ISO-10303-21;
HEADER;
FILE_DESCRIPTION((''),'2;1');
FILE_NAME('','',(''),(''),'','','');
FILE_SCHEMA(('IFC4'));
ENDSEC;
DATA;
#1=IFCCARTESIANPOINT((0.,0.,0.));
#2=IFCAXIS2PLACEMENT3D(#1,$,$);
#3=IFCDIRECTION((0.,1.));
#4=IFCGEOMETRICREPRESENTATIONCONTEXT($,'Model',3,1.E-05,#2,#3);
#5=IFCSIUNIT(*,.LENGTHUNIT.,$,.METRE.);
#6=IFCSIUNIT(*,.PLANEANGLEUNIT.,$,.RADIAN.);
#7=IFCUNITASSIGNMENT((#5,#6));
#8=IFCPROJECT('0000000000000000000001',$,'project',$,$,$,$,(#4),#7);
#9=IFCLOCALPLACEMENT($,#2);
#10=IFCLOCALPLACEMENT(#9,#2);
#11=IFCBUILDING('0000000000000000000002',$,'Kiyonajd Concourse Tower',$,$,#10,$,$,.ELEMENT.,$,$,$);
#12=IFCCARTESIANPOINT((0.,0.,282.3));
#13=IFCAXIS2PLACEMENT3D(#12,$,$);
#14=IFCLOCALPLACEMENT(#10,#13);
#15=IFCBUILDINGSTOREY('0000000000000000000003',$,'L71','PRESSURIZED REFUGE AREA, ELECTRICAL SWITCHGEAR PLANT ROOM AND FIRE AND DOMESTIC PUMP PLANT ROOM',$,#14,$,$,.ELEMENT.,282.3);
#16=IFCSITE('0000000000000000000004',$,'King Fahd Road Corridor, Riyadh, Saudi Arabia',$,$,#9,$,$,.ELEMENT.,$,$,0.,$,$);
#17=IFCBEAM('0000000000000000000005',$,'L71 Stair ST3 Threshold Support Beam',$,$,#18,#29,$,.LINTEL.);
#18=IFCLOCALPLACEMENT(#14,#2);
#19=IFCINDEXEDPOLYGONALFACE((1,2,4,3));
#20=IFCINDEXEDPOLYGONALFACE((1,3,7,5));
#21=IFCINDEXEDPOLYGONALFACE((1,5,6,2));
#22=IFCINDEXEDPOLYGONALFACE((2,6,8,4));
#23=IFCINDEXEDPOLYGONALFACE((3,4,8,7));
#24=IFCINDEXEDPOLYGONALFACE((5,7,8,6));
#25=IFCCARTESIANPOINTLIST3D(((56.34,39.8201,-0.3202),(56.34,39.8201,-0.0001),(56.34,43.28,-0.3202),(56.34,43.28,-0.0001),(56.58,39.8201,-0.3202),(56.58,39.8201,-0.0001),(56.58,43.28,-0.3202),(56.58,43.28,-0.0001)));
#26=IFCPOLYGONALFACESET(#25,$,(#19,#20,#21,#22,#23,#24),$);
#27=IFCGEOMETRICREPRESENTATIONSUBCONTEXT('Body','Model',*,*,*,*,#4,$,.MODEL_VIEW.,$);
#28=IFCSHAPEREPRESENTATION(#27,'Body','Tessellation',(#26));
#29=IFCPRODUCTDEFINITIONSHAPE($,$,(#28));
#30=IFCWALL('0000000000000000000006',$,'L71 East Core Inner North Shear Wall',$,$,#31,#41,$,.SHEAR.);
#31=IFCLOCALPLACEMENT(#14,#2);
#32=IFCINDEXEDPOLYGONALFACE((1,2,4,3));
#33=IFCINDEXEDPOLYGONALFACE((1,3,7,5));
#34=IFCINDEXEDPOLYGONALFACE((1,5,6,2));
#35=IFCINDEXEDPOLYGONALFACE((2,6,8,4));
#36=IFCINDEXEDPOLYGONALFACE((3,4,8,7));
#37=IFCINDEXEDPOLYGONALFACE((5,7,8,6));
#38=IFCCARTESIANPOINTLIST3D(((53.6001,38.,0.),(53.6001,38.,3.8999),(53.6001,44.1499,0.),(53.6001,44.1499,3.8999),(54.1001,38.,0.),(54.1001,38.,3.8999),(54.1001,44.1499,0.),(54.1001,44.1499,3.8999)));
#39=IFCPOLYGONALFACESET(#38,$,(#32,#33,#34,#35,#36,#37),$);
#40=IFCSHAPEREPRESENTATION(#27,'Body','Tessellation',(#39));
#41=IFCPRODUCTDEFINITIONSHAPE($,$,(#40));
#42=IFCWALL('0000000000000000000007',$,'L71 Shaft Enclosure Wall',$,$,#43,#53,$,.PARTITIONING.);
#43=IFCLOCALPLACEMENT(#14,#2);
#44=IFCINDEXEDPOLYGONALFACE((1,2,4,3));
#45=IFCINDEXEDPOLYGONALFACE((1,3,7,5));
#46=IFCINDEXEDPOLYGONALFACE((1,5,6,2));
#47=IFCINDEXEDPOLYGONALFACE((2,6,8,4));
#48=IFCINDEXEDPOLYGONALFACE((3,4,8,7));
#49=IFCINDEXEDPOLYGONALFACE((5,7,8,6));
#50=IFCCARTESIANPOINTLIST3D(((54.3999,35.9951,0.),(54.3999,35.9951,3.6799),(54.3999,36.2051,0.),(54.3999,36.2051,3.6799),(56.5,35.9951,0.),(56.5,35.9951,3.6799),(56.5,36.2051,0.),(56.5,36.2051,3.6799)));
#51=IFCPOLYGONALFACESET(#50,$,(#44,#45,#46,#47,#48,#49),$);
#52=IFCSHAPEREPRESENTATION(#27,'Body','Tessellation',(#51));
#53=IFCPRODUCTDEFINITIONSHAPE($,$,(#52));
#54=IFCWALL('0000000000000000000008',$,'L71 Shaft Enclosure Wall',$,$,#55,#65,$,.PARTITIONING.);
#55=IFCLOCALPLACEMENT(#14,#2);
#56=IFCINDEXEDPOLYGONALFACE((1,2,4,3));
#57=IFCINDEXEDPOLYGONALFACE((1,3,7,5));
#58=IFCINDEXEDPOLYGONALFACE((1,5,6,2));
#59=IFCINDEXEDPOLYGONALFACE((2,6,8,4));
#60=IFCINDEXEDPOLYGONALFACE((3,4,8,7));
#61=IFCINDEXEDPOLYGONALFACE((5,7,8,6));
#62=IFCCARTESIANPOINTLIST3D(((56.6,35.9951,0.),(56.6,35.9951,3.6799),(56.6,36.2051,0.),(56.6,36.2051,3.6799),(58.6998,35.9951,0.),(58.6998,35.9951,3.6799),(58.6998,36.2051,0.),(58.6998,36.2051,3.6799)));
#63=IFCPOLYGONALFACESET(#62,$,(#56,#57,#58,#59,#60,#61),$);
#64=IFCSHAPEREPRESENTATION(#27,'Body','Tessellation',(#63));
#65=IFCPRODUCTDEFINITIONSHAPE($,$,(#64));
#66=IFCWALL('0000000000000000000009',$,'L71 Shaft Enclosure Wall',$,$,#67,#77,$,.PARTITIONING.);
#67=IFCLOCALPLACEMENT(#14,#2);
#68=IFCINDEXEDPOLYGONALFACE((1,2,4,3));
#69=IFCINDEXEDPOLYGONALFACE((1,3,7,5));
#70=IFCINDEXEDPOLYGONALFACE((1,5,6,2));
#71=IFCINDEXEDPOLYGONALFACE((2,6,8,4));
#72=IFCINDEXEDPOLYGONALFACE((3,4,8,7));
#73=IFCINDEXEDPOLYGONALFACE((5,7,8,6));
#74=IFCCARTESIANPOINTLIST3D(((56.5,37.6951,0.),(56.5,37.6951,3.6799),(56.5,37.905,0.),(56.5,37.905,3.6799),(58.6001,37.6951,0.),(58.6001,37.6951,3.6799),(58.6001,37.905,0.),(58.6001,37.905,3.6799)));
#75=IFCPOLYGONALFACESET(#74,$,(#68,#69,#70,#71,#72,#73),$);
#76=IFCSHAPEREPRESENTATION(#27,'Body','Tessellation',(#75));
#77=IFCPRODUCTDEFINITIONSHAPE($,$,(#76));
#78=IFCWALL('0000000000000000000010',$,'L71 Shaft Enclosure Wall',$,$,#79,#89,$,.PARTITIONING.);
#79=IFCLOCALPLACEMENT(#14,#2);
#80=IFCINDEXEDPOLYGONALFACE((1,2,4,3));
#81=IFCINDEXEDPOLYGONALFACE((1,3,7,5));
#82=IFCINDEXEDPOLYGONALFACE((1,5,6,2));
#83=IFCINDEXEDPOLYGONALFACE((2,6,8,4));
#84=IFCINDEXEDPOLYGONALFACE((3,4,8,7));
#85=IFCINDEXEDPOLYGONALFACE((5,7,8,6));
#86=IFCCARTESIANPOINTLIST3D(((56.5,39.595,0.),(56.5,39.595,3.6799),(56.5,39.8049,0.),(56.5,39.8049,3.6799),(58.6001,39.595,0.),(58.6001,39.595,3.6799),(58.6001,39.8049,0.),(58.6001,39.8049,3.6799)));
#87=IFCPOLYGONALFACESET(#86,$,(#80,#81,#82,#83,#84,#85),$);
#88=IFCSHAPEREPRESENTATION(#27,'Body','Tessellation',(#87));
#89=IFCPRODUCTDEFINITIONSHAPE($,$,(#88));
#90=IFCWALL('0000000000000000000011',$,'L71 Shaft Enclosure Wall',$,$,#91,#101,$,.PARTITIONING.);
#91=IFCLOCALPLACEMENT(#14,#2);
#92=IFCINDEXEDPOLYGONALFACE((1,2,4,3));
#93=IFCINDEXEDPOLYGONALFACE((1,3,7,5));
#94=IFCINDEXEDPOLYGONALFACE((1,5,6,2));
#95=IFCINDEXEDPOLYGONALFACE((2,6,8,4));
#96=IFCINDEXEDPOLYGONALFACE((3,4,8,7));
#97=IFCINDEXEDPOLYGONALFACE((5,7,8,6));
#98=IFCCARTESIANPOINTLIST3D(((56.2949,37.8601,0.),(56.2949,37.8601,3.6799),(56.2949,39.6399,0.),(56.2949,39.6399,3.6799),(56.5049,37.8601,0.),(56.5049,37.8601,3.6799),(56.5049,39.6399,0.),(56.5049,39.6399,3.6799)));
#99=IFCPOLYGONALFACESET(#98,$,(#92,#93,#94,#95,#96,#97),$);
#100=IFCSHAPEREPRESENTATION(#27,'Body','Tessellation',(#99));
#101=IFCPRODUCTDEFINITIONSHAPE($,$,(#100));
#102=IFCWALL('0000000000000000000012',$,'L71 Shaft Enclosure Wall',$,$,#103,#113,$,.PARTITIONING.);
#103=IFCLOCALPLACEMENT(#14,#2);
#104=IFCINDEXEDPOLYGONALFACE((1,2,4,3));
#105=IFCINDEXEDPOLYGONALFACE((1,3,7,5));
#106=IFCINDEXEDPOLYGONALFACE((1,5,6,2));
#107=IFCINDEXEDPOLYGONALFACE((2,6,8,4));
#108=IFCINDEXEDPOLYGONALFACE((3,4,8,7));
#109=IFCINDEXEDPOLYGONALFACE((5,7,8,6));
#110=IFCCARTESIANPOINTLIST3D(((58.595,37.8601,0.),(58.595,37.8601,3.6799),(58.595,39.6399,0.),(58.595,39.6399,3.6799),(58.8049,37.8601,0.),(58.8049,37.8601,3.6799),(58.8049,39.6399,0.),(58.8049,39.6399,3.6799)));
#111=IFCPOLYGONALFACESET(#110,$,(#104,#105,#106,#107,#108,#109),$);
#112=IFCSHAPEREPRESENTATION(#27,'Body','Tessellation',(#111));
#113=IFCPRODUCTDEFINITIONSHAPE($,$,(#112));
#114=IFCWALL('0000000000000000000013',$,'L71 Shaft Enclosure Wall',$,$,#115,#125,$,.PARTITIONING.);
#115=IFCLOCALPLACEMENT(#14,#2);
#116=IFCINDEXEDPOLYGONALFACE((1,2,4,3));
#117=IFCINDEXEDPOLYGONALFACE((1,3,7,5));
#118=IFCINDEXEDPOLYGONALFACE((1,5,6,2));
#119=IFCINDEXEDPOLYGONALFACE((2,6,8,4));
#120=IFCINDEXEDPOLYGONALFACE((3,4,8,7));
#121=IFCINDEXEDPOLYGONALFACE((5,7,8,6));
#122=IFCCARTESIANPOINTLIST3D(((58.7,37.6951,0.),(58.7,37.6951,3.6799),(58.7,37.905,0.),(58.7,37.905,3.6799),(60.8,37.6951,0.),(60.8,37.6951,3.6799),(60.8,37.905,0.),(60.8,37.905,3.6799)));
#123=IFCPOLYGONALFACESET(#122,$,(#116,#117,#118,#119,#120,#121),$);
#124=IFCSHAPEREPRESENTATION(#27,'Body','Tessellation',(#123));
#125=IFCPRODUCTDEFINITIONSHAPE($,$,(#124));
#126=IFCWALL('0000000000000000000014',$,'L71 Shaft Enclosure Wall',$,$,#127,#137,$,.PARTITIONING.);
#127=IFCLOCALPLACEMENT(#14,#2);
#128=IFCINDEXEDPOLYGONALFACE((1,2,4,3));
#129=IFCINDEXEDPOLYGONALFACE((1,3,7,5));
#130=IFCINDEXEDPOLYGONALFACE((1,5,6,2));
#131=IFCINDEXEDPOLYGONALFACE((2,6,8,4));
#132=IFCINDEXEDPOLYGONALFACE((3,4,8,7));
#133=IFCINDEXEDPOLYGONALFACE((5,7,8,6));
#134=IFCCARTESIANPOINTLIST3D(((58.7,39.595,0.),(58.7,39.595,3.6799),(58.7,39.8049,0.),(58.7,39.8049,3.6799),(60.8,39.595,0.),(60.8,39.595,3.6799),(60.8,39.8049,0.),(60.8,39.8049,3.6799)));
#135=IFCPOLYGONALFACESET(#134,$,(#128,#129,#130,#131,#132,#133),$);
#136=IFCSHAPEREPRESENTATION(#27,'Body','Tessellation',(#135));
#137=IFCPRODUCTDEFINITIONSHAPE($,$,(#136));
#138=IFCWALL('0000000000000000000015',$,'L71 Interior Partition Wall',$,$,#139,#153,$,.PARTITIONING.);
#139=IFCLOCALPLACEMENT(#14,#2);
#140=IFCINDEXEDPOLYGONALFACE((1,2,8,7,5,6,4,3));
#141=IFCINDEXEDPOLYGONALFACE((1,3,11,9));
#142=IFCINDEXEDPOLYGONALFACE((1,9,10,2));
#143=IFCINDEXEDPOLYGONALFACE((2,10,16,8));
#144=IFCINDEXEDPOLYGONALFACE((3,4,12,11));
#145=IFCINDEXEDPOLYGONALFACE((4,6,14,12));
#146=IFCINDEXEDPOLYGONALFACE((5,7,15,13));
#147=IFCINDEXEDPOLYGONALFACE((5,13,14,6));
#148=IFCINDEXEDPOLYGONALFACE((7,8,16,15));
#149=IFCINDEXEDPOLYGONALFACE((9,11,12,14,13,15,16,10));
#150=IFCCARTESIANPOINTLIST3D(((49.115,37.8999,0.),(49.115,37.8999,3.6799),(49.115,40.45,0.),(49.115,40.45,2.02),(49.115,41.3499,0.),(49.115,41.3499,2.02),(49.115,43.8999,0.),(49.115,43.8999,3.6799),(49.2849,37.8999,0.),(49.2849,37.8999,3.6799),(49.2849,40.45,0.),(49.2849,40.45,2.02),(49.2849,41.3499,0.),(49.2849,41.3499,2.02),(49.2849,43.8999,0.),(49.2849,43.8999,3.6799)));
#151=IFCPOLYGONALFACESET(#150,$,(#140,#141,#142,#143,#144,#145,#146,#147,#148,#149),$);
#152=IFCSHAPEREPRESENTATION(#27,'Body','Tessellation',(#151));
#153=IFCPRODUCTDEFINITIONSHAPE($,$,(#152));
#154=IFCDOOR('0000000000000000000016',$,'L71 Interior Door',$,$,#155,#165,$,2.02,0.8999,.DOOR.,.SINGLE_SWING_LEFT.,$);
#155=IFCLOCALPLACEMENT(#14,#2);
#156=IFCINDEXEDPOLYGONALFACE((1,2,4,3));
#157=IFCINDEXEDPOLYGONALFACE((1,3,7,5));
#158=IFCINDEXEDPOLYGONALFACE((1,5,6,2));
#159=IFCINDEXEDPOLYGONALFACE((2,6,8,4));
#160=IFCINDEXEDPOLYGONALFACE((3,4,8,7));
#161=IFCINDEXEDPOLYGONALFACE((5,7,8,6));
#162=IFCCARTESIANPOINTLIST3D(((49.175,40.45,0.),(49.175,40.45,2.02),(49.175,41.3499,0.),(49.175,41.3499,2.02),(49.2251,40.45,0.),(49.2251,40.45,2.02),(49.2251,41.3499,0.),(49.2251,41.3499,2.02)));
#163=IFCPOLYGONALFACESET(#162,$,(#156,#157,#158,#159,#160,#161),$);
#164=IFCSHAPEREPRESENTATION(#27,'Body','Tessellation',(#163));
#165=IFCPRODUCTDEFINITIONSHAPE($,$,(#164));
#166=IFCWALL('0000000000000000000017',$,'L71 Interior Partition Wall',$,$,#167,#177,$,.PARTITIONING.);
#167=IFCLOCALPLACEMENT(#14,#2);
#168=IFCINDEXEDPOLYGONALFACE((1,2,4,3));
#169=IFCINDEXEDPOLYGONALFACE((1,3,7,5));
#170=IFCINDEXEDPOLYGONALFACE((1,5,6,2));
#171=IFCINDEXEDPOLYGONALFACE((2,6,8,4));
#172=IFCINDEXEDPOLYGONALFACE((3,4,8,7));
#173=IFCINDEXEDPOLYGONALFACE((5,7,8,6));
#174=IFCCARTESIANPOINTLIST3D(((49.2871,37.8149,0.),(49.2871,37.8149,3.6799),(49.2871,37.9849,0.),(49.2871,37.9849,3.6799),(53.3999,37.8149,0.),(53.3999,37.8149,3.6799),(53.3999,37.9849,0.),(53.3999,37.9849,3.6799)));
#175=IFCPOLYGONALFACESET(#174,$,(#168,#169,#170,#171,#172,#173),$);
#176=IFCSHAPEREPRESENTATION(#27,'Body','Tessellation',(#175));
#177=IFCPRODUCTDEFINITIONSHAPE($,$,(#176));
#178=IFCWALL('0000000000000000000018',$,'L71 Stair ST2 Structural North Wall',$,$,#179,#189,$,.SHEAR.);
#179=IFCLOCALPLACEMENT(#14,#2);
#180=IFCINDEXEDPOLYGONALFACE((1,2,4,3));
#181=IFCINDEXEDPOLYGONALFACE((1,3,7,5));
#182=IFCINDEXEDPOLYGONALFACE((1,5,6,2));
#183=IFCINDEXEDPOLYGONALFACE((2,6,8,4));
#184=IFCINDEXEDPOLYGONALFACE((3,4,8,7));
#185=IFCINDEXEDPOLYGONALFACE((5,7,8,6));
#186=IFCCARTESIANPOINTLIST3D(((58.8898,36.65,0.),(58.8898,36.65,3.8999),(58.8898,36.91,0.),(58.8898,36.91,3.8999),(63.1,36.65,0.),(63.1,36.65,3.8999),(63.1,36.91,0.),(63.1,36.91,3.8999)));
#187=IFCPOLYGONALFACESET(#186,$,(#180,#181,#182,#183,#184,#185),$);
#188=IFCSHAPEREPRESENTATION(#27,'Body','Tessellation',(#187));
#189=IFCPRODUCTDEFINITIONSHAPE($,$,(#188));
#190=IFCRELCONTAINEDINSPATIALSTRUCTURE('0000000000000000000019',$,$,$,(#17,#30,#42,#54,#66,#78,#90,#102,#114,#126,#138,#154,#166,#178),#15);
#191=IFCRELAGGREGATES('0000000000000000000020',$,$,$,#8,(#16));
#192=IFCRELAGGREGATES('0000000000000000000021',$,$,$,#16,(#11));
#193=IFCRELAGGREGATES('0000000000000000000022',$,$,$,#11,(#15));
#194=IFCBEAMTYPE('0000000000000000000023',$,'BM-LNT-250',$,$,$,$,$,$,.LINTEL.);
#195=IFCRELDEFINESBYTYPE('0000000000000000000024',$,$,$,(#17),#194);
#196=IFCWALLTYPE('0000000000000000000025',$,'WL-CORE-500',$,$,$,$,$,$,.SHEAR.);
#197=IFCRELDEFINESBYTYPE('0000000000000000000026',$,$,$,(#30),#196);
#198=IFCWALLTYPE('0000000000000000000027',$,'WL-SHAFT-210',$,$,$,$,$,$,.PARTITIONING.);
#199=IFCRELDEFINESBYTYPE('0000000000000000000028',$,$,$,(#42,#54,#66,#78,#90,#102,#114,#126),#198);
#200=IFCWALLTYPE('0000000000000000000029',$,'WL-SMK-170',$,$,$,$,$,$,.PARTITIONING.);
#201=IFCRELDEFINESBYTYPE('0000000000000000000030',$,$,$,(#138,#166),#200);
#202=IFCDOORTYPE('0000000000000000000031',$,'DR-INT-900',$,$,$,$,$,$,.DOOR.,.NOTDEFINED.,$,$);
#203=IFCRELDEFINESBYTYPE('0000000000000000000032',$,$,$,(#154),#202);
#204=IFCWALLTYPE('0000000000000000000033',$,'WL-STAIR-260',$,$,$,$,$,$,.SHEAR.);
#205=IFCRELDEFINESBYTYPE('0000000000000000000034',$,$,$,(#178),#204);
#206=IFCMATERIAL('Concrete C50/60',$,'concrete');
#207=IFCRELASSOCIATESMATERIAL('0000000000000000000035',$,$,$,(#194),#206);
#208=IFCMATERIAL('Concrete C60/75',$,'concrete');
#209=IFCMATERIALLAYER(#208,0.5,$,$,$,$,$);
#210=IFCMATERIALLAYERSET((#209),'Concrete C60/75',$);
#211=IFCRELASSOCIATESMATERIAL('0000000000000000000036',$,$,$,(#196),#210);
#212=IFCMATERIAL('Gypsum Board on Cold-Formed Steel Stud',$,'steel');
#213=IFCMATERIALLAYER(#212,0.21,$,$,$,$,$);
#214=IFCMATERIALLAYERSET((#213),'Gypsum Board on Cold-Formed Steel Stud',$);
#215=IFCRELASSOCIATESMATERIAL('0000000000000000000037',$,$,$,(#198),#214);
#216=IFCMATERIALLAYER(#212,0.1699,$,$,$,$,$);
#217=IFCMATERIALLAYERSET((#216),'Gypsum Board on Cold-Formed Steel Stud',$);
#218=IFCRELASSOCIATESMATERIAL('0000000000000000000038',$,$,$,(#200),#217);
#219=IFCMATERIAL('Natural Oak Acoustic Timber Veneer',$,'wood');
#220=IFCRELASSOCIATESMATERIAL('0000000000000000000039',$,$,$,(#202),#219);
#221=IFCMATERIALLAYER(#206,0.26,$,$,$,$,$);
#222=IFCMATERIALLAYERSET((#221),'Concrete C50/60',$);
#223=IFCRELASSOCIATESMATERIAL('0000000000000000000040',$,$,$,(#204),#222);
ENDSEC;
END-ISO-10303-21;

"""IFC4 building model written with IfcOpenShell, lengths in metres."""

from ifc_helpers import new_model, si_unit, direction, frame, frame_2d, origin, origin_2d, place, context, subcontext, project, spatial, rectangle, extrude, material, layer, layer_set, material_profile, profile_set, type_object, element, fill, save


model = new_model("IFC4")

# Units and contexts
model_context = context("Model", 3, precision=1e-05, world=origin(), true_north=direction((0.0, 1.0)))
body_context = subcontext(model_context, "Body", "Model", "MODEL_VIEW")
ifc_project = project(units=[si_unit("LENGTHUNIT", "METRE"), si_unit("PLANEANGLEUNIT", "RADIAN")], contexts=[model_context])

# Site, building, storey
site_placement = place(None, origin())
site = spatial("IfcSite", under=ifc_project, at=site_placement, Name="King Fahd Road Corridor, Riyadh, Saudi Arabia", CompositionType="ELEMENT", RefElevation=0.0)
building_placement = place(site_placement, origin())
building = spatial("IfcBuilding", under=site, at=building_placement, Name="Kiyonajd Concourse Tower", CompositionType="ELEMENT")
storey_placement = place(building_placement, frame((0.0, 0.0, 282.3)))
storey = spatial("IfcBuildingStorey", under=building, at=storey_placement, Name="L71", Description="PRESSURIZED REFUGE AREA, ELECTRICAL SWITCHGEAR PLANT ROOM AND FIRE AND DOMESTIC PUMP PLANT ROOM", CompositionType="ELEMENT", Elevation=282.3)

# Beam
ifc_material_1 = material(Name="Concrete C50/60", Category="concrete")
ifc_material_profile = material_profile(ifc_material_1, rectangle(XDim=0.24, YDim=0.3201, at=origin_2d()), Name="RCBM-240x320")
ifc_profile_set = profile_set([ifc_material_profile], Name="Concrete C50/60")
beam_type = type_object("IfcBeamType", Name="BM-LNT-250", PredefinedType="LINTEL", material=ifc_profile_set)
beam_placement = place(storey_placement, frame((56.46, 39.8201, -0.1602), z_axis=(0.0, 1.0, 0.0), x_axis=(-1.0, 0.0, 0.0)))
element("IfcBeam", 1, at=beam_placement, inside=storey, type_object=beam_type, Name="L71 Stair ST3 Threshold Support Beam", PredefinedType="LINTEL", context=body_context, shape_type="SweptSolid", body=[
    extrude(rectangle(XDim=0.24, YDim=0.3201, at=origin_2d()), origin(), (0.0, 0.0, 1.0), 3.46),
])

# Walls
ifc_material_2 = material(Name="Concrete C60/75", Category="concrete")
ifc_layer_1 = layer(ifc_material_2, 0.5)
ifc_layer_set_1 = layer_set([ifc_layer_1], Name="Concrete C60/75")
wall_type_1 = type_object("IfcWallType", Name="WL-CORE-500", PredefinedType="SHEAR", material=ifc_layer_set_1)
wall_1_placement = place(storey_placement, frame((53.8501, 38.0, 0.0), z_axis=(0.0, 0.0, 1.0), x_axis=(0.0, 1.0, 0.0)))
element("IfcWall", 2, at=wall_1_placement, inside=storey, type_object=wall_type_1, Name="L71 East Core Inner North Shear Wall", PredefinedType="SHEAR", context=body_context, shape_type="SweptSolid", body=[
    extrude(rectangle(XDim=6.1499, YDim=0.5, at=frame_2d((3.075, 0.0))), origin(), (0.0, 0.0, 1.0), 3.8999),
])
ifc_material_3 = material(Name="Gypsum Board on Cold-Formed Steel Stud", Category="steel")
ifc_layer_2 = layer(ifc_material_3, 0.21)
ifc_layer_set_2 = layer_set([ifc_layer_2], Name="Gypsum Board on Cold-Formed Steel Stud")
wall_type_2 = type_object("IfcWallType", Name="WL-SHAFT-210", PredefinedType="PARTITIONING", material=ifc_layer_set_2)
wall_2_placement = place(storey_placement, frame((54.3999, 36.1001, 0.0), z_axis=(0.0, 0.0, 1.0), x_axis=(1.0, 0.0, 0.0)))
element("IfcWall", 3, at=wall_2_placement, inside=storey, type_object=wall_type_2, Name="L71 Shaft Enclosure Wall", PredefinedType="PARTITIONING", context=body_context, shape_type="SweptSolid", body=[
    extrude(rectangle(XDim=2.1001, YDim=0.21, at=frame_2d((1.05, 0.0))), origin(), (0.0, 0.0, 1.0), 3.6799),
])
wall_3_placement = place(storey_placement, frame((56.6001, 36.1001, 0.0), z_axis=(0.0, 0.0, 1.0), x_axis=(1.0, 0.0, 0.0)))
element("IfcWall", 4, at=wall_3_placement, inside=storey, type_object=wall_type_2, Name="L71 Shaft Enclosure Wall", PredefinedType="PARTITIONING", context=body_context, shape_type="SweptSolid", body=[
    extrude(rectangle(XDim=2.0999, YDim=0.21, at=frame_2d((1.0498, 0.0))), origin(), (0.0, 0.0, 1.0), 3.6799),
])
for number, where, z_axis, x_axis, name in (
    (5, (56.5, 37.8, 0.0), (0.0, 0.0, 1.0), (1.0, 0.0, 0.0), "L71 Shaft Enclosure Wall"),
    (6, (56.5, 39.7, 0.0), (0.0, 0.0, 1.0), (1.0, 0.0, 0.0), "L71 Shaft Enclosure Wall"),
):
    element("IfcWall", number, at=place(storey_placement, frame(where, z_axis=z_axis, x_axis=x_axis)), inside=storey, type_object=wall_type_2, Name=name, PredefinedType="PARTITIONING", context=body_context, shape_type="SweptSolid", body=[
        extrude(rectangle(XDim=2.1001, YDim=0.21, at=frame_2d((1.05, 0.0))), origin(), (0.0, 0.0, 1.0), 3.6799),
    ])
for number, where, z_axis, x_axis, name in (
    (7, (56.3999, 37.8601, 0.0), (0.0, 0.0, 1.0), (0.0, 1.0, 0.0), "L71 Shaft Enclosure Wall"),
    (8, (58.7, 37.8601, 0.0), (0.0, 0.0, 1.0), (0.0, 1.0, 0.0), "L71 Shaft Enclosure Wall"),
):
    element("IfcWall", number, at=place(storey_placement, frame(where, z_axis=z_axis, x_axis=x_axis)), inside=storey, type_object=wall_type_2, Name=name, PredefinedType="PARTITIONING", context=body_context, shape_type="SweptSolid", body=[
        extrude(rectangle(XDim=1.7798, YDim=0.21, at=frame_2d((0.8899, 0.0))), origin(), (0.0, 0.0, 1.0), 3.6799),
    ])
for number, where, z_axis, x_axis, name in (
    (9, (58.7, 37.8, 0.0), (0.0, 0.0, 1.0), (1.0, 0.0, 0.0), "L71 Shaft Enclosure Wall"),
    (10, (58.7, 39.7, 0.0), (0.0, 0.0, 1.0), (1.0, 0.0, 0.0), "L71 Shaft Enclosure Wall"),
):
    element("IfcWall", number, at=place(storey_placement, frame(where, z_axis=z_axis, x_axis=x_axis)), inside=storey, type_object=wall_type_2, Name=name, PredefinedType="PARTITIONING", context=body_context, shape_type="SweptSolid", body=[
        extrude(rectangle(XDim=2.1001, YDim=0.21, at=frame_2d((1.05, 0.0))), origin(), (0.0, 0.0, 1.0), 3.6799),
    ])

# Wall, opening, door
ifc_layer_3 = layer(ifc_material_3, 0.1699)
ifc_layer_set_3 = layer_set([ifc_layer_3], Name="Gypsum Board on Cold-Formed Steel Stud")
wall_type_3 = type_object("IfcWallType", Name="WL-SMK-170", PredefinedType="PARTITIONING", material=ifc_layer_set_3)
wall_4_placement = place(storey_placement, frame((49.2, 37.8999, 0.0), z_axis=(0.0, 0.0, 1.0), x_axis=(0.0, 1.0, 0.0)))
wall_4 = element("IfcWall", 11, at=wall_4_placement, inside=storey, type_object=wall_type_3, Name="L71 Interior Partition Wall", PredefinedType="PARTITIONING", context=body_context, shape_type="SweptSolid", body=[
    extrude(rectangle(XDim=6.0, YDim=0.1699, at=frame_2d((3.0, 0.0))), origin(), (0.0, 0.0, 1.0), 3.6799),
])
opening_1_placement = place(wall_4_placement, frame((2.55, 0.0, 0.0)))
opening_1 = element("IfcOpeningElement", 12, at=opening_1_placement, cuts=wall_4, PredefinedType="OPENING", context=body_context, shape_type="SweptSolid", body=[
    extrude(rectangle(XDim=0.8999, YDim=2.02, at=frame_2d((0.45, 1.01))), frame((0.0, 0.095, 0.0), z_axis=(0.0, -1.0, 0.0), x_axis=(1.0, 0.0, 0.0)), (0.0, 0.0, 1.0), 0.1899),
])
ifc_material_4 = material(Name="Natural Oak Acoustic Timber Veneer", Category="wood")
door_type_1 = type_object("IfcDoorType", Name="DR-INT-900", OperationType="NOTDEFINED", PredefinedType="DOOR", material=ifc_material_4)
door_1_placement = place(opening_1_placement, origin())
door_1 = element("IfcDoor", 13, at=door_1_placement, inside=storey, type_object=door_type_1, Name="L71 Interior Door", OperationType="SINGLE_SWING_LEFT", OverallHeight=2.02, OverallWidth=0.8999, PredefinedType="DOOR", context=body_context, shape_type="SweptSolid", body=[
    extrude(rectangle(XDim=0.8999, YDim=2.02, at=frame_2d((0.45, 1.01))), frame((0.0, 0.0249, 0.0), z_axis=(0.0, -1.0, 0.0), x_axis=(1.0, 0.0, 0.0)), (0.0, 0.0, 1.0), 0.05),
])
fill(opening_1, door_1)

# Walls
wall_5_placement = place(storey_placement, frame((49.2871, 37.8999, 0.0), z_axis=(0.0, 0.0, 1.0), x_axis=(1.0, 0.0, 0.0)))
element("IfcWall", 14, at=wall_5_placement, inside=storey, type_object=wall_type_3, Name="L71 Interior Partition Wall", PredefinedType="PARTITIONING", context=body_context, shape_type="SweptSolid", body=[
    extrude(rectangle(XDim=4.1128, YDim=0.1699, at=frame_2d((2.0564, 0.0))), origin(), (0.0, 0.0, 1.0), 3.6799),
])
ifc_layer_4 = layer(ifc_material_1, 0.26)
ifc_layer_set_4 = layer_set([ifc_layer_4], Name="Concrete C50/60")
wall_type_4 = type_object("IfcWallType", Name="WL-STAIR-260", PredefinedType="SHEAR", material=ifc_layer_set_4)
wall_6_placement = place(storey_placement, frame((58.8899, 36.78, 0.0), z_axis=(0.0, 0.0, 1.0), x_axis=(1.0, 0.0, 0.0)))
element("IfcWall", 15, at=wall_6_placement, inside=storey, type_object=wall_type_4, Name="L71 Stair ST2 Structural North Wall", PredefinedType="SHEAR", context=body_context, shape_type="SweptSolid", body=[
    extrude(rectangle(XDim=4.2102, YDim=0.26, at=frame_2d((2.105, 0.0))), origin(), (0.0, 0.0, 1.0), 3.8999),
])

save(model, "model.ifc")
